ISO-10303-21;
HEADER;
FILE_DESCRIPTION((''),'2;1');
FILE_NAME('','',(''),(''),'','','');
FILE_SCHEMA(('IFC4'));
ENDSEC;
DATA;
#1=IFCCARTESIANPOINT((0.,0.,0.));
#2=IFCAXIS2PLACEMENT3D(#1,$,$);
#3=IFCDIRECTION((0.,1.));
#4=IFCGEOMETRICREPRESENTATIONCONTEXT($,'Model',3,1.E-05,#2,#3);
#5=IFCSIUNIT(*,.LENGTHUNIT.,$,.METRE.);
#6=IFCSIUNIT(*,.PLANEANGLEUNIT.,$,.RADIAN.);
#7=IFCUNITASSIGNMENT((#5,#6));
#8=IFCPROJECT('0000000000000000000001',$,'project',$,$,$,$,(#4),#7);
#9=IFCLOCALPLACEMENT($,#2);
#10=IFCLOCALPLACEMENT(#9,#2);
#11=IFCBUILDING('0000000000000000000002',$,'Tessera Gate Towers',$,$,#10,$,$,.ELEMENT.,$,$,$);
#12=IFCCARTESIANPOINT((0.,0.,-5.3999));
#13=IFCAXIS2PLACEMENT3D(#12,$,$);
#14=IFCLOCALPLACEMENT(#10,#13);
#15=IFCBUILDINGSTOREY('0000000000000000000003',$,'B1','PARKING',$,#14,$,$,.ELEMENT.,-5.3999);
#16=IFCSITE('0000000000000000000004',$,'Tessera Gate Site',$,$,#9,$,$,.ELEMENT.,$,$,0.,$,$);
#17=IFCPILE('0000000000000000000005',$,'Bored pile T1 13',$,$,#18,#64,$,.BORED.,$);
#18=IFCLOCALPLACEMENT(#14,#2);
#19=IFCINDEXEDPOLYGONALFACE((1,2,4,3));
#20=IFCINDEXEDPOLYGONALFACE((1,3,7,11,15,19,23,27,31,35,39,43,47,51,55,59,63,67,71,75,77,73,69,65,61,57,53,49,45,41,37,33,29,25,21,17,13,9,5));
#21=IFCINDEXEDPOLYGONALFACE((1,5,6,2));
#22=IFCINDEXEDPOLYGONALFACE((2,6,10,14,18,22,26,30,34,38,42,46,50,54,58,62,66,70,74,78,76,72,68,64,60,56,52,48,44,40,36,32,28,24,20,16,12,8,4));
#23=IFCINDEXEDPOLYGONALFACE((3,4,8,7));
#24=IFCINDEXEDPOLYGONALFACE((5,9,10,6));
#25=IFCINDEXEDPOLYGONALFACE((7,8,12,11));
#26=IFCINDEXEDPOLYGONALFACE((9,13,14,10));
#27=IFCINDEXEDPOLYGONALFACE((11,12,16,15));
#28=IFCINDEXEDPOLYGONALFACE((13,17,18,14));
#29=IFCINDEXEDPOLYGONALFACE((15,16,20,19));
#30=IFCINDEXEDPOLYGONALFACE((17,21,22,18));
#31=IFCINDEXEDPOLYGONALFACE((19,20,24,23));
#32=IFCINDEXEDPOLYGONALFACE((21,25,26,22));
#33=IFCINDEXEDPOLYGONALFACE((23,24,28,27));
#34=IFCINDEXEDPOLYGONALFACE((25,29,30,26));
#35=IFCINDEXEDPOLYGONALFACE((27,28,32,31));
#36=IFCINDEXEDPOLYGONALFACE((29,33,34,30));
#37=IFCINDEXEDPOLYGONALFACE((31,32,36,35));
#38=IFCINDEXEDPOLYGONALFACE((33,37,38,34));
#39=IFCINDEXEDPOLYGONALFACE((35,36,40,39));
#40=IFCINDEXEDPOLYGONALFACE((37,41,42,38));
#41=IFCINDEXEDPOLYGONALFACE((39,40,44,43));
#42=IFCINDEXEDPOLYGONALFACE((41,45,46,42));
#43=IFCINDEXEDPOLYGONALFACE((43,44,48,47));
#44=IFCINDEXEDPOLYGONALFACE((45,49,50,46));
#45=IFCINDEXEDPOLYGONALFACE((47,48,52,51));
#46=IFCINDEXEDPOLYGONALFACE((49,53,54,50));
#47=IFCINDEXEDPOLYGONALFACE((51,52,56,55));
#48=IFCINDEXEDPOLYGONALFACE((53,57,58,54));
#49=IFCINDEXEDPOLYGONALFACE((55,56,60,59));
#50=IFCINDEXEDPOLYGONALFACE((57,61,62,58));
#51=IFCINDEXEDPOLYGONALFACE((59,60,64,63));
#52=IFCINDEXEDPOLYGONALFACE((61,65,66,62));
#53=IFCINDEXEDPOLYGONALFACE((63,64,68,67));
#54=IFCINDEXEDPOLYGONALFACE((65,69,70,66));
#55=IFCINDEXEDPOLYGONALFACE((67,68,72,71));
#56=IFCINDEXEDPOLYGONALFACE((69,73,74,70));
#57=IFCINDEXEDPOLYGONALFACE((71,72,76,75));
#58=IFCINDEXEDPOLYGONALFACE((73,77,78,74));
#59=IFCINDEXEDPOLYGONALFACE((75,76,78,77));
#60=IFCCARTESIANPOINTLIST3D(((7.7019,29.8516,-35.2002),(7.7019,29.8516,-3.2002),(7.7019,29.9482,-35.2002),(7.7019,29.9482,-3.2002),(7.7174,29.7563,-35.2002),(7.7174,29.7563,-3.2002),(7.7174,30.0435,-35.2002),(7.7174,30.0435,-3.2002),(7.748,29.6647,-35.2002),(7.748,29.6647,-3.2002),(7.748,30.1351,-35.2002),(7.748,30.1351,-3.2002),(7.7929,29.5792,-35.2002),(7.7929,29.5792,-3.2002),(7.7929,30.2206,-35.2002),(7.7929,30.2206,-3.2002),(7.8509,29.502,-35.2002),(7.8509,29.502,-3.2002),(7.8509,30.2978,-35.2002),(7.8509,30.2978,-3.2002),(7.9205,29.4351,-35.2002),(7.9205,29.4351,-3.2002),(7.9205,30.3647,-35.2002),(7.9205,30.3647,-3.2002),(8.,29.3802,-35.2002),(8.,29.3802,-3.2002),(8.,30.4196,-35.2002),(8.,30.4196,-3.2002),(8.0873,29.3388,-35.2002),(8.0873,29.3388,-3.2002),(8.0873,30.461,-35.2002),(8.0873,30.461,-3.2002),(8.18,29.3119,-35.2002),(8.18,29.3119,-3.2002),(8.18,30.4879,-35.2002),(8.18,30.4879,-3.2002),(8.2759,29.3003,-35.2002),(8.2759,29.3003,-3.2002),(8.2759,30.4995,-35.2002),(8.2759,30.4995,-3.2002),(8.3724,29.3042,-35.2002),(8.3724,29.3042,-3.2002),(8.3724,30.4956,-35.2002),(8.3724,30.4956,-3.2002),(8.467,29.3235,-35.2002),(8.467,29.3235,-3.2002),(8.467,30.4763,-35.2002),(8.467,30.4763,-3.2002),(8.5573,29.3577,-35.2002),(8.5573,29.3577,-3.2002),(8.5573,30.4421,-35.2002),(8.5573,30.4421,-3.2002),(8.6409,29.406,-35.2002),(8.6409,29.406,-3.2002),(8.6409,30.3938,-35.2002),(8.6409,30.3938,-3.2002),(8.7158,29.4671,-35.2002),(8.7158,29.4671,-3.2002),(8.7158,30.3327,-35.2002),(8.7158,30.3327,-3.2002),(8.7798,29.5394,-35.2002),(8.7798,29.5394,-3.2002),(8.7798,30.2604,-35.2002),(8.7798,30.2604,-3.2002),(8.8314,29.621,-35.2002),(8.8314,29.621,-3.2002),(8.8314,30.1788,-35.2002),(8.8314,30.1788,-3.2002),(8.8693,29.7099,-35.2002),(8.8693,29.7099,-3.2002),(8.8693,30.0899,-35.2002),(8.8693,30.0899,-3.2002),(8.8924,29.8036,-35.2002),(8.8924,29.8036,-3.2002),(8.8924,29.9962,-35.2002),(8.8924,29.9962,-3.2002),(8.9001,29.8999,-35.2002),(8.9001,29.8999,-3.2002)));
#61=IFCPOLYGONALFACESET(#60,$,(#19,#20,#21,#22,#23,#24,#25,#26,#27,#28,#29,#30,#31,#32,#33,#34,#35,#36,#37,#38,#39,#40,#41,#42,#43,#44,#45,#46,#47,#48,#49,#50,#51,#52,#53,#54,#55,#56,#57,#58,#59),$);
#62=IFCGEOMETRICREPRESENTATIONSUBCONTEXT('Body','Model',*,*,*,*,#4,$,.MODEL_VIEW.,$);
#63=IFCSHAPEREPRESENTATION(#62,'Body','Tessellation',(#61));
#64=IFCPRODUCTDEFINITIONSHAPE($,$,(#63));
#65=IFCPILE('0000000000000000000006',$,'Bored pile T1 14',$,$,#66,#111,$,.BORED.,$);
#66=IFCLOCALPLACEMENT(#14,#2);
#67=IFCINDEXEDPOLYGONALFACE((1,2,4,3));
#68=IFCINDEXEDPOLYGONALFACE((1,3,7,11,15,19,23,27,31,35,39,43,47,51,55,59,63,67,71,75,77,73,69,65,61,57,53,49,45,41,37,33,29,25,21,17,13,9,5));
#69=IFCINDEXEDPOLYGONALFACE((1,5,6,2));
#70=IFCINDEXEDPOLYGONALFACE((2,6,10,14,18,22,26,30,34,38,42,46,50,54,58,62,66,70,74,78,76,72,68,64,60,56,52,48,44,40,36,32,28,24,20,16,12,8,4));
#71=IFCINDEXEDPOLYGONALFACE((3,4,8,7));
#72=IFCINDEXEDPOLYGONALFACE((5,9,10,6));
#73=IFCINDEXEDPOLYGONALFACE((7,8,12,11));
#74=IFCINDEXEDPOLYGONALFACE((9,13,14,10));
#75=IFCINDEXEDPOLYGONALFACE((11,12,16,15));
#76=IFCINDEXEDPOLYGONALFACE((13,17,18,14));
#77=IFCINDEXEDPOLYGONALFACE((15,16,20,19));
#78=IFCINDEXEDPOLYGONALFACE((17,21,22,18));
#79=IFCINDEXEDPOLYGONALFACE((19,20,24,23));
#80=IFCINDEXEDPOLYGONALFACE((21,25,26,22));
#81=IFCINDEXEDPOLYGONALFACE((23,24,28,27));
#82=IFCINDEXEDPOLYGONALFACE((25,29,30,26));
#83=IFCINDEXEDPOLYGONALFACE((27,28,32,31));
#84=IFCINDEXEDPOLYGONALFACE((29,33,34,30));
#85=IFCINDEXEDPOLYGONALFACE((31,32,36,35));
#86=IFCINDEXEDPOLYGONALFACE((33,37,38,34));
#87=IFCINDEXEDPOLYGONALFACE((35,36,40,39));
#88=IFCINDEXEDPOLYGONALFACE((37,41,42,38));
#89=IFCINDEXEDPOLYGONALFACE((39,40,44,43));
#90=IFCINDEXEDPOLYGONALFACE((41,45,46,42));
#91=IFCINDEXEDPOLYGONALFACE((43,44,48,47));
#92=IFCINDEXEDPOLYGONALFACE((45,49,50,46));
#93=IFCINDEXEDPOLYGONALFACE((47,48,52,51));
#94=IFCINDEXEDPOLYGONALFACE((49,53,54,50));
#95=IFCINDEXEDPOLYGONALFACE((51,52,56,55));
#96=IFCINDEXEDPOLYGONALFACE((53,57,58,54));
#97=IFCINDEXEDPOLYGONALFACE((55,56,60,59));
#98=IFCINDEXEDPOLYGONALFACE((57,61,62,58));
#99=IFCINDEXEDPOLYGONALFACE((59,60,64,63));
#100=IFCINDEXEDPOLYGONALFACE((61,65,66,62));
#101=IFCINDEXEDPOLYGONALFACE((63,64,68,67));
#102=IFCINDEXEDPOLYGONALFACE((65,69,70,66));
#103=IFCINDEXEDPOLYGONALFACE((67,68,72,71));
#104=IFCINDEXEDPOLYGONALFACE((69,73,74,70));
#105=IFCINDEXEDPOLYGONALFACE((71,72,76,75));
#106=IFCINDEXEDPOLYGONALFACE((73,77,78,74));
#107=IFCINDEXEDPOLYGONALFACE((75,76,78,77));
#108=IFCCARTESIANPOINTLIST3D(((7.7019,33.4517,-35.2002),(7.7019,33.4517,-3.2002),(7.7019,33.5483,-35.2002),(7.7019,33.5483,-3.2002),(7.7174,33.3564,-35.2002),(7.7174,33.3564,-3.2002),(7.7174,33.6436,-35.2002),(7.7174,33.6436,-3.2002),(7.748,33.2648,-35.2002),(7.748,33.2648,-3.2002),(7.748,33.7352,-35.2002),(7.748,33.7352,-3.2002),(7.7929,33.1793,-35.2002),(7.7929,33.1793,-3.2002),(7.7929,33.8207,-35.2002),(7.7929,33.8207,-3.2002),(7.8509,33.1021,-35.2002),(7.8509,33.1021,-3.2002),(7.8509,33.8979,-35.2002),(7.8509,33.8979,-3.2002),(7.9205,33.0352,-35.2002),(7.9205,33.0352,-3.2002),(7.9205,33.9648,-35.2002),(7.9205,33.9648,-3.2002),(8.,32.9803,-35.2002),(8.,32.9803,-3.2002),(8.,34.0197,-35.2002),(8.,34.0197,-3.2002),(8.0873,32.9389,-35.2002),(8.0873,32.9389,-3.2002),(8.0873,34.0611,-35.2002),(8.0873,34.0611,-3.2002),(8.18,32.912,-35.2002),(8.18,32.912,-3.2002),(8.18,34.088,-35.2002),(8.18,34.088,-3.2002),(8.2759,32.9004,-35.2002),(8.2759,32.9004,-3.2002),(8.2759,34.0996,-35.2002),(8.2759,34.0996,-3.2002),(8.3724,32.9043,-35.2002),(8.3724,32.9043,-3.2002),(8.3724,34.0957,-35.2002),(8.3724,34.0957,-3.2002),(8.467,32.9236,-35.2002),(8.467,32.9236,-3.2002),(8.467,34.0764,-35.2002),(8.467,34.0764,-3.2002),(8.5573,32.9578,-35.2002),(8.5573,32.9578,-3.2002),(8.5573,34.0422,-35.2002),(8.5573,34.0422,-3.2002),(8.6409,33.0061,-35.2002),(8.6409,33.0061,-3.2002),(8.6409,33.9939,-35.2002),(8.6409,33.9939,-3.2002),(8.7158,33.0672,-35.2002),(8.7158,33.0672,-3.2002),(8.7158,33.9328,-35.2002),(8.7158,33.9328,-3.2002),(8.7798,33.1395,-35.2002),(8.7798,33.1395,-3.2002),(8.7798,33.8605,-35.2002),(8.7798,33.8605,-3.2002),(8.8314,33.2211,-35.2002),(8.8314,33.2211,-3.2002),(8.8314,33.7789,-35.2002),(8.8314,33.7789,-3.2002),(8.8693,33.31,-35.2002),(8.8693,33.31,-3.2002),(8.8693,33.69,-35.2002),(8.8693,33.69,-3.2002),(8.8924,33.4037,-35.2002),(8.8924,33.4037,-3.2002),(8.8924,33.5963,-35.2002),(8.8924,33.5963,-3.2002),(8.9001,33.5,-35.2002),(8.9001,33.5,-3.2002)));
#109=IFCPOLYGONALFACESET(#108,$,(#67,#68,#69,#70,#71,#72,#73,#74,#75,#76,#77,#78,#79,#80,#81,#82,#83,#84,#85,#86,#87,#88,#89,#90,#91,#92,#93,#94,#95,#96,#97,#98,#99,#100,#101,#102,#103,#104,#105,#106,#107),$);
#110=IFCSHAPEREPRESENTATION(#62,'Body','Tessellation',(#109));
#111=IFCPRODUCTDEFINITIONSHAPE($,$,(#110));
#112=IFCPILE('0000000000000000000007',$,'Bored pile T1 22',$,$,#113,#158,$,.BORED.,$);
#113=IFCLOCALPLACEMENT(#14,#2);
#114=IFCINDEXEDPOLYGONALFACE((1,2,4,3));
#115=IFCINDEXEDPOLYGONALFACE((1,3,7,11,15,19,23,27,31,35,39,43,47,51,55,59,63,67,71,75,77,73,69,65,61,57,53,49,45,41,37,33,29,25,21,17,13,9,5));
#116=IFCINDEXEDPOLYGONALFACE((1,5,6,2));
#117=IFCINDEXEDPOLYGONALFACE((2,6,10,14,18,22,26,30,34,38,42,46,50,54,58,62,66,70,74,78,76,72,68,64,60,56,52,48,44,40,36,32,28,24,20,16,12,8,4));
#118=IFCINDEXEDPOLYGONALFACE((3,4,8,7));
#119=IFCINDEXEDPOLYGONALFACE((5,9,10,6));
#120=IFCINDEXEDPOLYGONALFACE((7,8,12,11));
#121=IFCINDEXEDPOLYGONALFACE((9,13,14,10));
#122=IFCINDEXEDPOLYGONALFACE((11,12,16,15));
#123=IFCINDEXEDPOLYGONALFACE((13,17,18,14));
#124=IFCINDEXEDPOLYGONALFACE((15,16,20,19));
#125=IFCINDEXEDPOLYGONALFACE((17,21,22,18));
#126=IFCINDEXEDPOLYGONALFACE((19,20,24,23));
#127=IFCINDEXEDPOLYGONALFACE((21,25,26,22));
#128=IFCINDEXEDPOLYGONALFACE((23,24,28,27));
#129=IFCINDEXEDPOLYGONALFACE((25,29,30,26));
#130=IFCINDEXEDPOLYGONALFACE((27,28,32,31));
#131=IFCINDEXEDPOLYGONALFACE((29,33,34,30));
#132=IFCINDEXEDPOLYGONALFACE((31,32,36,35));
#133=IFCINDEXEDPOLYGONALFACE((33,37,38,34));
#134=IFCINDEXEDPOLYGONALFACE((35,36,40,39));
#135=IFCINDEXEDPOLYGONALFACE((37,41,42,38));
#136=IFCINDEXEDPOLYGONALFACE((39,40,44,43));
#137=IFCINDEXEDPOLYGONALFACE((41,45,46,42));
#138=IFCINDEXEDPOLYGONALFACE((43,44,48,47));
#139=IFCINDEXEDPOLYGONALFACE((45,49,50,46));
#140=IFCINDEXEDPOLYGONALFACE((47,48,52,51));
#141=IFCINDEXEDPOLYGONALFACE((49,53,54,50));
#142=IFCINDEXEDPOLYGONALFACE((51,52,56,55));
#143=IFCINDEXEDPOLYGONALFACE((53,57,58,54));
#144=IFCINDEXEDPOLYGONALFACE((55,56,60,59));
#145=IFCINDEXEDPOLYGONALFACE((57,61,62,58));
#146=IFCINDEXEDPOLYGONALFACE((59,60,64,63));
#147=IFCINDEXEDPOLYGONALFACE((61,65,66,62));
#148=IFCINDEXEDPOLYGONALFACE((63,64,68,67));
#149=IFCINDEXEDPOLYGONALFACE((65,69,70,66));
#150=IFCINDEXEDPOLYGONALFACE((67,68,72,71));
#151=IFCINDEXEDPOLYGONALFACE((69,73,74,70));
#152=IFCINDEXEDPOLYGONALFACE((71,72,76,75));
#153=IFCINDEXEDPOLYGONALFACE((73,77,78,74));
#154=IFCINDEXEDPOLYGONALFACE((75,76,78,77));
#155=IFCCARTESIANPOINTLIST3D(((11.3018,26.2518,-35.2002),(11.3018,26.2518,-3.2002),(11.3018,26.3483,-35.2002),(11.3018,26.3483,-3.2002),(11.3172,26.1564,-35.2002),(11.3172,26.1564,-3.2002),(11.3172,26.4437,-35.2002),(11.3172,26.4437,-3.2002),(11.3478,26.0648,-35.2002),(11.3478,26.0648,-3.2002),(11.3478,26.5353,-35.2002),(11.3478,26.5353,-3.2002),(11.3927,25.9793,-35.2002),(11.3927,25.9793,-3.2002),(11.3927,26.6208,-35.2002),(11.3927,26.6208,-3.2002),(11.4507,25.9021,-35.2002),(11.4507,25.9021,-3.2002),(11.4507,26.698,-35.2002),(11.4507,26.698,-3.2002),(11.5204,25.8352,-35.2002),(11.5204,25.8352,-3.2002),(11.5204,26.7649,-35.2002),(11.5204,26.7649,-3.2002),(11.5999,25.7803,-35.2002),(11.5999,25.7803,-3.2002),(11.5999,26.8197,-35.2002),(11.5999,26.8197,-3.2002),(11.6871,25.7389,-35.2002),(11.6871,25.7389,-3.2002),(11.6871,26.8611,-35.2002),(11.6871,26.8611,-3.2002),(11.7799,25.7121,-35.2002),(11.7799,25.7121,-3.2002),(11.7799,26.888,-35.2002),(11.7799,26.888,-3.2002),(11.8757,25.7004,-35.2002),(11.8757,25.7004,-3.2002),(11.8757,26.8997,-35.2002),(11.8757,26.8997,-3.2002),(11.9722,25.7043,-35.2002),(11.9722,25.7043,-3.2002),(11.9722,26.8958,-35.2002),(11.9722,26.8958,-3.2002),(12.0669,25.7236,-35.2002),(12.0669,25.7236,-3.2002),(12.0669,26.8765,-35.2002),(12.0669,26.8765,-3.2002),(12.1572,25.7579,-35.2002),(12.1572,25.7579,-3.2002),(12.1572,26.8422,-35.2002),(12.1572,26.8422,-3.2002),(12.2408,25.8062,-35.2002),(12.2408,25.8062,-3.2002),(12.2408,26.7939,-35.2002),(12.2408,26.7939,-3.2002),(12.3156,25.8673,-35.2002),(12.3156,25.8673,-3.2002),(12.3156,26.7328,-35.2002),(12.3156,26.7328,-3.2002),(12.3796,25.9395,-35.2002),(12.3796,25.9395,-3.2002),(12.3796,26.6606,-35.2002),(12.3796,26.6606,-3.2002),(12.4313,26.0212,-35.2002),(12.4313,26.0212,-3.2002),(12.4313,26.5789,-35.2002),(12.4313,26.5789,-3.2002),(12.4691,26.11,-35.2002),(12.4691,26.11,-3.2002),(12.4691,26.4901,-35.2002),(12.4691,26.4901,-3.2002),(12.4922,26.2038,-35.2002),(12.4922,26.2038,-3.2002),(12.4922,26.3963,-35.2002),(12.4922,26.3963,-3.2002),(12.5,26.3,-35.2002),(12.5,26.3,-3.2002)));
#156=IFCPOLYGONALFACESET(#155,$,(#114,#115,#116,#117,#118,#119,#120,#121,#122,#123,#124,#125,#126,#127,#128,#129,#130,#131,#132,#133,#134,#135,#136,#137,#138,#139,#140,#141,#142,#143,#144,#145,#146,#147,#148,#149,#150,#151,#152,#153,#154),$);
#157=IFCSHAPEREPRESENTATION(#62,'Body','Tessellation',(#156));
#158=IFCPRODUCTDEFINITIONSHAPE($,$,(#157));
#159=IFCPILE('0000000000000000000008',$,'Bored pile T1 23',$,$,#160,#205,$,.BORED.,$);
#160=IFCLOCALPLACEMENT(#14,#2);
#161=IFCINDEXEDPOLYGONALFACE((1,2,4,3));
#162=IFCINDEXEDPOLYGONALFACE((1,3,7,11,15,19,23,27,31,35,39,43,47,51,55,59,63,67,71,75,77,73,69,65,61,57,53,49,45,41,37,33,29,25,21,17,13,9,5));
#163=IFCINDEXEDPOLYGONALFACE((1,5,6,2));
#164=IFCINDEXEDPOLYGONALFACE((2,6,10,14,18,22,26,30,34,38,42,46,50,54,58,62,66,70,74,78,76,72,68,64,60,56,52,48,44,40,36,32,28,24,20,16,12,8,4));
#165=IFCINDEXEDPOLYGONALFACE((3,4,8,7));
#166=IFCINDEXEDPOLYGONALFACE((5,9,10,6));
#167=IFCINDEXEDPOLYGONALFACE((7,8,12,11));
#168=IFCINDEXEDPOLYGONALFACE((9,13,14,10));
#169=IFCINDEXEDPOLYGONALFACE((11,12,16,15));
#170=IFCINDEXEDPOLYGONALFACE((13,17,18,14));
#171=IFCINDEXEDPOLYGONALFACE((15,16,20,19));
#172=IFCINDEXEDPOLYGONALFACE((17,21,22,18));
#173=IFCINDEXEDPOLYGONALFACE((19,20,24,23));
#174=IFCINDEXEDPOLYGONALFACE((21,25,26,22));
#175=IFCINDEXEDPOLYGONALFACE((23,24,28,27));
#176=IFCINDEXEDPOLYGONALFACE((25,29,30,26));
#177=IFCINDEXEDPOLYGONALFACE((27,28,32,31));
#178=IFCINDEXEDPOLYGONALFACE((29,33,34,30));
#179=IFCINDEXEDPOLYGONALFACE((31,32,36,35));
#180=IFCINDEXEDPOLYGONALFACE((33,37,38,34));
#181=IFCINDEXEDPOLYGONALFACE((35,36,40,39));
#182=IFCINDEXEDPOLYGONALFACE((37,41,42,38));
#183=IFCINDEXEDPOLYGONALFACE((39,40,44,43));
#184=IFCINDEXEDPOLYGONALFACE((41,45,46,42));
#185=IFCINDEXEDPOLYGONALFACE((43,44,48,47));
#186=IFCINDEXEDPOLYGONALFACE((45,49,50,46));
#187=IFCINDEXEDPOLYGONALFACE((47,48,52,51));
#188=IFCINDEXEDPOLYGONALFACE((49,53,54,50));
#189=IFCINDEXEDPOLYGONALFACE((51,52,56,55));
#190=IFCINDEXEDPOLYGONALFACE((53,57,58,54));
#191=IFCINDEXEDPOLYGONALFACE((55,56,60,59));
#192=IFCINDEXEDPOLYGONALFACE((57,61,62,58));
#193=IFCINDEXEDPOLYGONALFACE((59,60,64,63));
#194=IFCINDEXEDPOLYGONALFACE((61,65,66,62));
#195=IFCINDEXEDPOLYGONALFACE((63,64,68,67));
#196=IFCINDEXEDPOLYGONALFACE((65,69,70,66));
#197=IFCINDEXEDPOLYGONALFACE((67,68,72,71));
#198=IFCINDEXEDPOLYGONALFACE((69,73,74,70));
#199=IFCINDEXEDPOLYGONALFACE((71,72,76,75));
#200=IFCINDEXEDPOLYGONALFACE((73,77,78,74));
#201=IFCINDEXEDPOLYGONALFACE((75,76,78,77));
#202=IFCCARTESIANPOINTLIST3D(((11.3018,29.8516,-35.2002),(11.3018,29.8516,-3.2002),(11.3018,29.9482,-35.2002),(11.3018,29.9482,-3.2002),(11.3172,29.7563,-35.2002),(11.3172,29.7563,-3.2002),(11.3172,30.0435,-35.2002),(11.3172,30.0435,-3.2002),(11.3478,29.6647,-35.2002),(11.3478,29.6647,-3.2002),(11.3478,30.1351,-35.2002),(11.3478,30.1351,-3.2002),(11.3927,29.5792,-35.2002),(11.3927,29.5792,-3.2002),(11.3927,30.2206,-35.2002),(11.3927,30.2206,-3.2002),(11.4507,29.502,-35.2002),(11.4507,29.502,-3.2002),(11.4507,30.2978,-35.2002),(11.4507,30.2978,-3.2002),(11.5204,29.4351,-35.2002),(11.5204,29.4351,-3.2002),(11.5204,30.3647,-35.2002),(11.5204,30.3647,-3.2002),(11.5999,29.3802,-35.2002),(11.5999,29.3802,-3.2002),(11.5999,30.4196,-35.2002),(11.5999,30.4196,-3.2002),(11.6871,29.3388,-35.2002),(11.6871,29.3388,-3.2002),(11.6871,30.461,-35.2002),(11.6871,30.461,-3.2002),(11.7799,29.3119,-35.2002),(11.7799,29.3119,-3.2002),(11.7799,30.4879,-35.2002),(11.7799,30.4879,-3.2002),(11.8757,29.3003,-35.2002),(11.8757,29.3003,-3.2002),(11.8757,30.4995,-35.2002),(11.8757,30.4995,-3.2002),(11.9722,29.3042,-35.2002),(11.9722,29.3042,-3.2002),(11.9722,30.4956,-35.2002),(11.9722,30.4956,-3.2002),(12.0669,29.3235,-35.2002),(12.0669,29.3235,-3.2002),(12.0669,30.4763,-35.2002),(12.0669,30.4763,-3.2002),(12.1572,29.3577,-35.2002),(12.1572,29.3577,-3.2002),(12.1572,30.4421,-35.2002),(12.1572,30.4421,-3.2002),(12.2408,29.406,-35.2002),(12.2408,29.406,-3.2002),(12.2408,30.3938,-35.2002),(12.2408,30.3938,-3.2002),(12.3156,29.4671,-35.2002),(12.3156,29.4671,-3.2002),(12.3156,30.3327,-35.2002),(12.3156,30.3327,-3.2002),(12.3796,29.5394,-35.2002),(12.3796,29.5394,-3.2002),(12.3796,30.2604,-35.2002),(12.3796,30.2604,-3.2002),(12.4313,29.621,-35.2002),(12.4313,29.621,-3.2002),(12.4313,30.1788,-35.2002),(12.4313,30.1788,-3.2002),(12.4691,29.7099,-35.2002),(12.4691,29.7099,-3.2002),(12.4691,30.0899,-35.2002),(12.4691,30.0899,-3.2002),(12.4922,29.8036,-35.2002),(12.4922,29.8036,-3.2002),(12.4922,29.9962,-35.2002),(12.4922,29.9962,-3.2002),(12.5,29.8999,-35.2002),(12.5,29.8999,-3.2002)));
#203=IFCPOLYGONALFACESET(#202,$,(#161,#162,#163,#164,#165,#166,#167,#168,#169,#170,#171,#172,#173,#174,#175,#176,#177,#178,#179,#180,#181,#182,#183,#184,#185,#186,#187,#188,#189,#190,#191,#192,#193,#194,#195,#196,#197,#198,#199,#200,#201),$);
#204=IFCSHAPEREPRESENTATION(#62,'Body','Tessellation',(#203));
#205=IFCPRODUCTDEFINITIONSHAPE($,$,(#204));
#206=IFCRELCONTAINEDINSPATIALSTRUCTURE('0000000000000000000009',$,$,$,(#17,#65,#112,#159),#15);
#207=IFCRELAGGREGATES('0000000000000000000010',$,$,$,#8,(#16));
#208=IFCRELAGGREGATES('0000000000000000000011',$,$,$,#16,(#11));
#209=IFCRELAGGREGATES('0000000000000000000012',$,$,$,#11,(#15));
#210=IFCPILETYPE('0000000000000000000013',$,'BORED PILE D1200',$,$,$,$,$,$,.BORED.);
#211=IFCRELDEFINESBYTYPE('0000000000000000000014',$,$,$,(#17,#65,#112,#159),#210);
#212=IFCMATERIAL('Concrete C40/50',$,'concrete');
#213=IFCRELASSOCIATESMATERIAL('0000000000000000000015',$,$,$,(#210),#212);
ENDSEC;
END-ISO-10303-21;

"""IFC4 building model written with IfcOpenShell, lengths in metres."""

from ifc_helpers import new_model, si_unit, direction, frame, origin, origin_2d, place, context, subcontext, project, spatial, circle, extrude, material, material_profile, profile_set, type_object, element, save


model = new_model("IFC4")

# Units and contexts
model_context = context("Model", 3, precision=1e-05, world=origin(), true_north=direction((0.0, 1.0)))
body_context = subcontext(model_context, "Body", "Model", "MODEL_VIEW")
ifc_project = project(units=[si_unit("LENGTHUNIT", "METRE"), si_unit("PLANEANGLEUNIT", "RADIAN")], contexts=[model_context])

# Site, building, storey
site_placement = place(None, origin())
site = spatial("IfcSite", under=ifc_project, at=site_placement, Name="Tessera Gate Site", CompositionType="ELEMENT", RefElevation=0.0)
building_placement = place(site_placement, origin())
building = spatial("IfcBuilding", under=site, at=building_placement, Name="Tessera Gate Towers", CompositionType="ELEMENT")
storey_placement = place(building_placement, frame((0.0, 0.0, -5.3999)))
storey = spatial("IfcBuildingStorey", under=building, at=storey_placement, Name="B1", Description="PARKING", CompositionType="ELEMENT", Elevation=-5.3999)

# Piles
ifc_material_1 = material(Name="Concrete C40/50", Category="concrete")
ifc_material_profile = material_profile(ifc_material_1, circle(Radius=0.6001, at=origin_2d()), Name="BORED PILE D1200")
ifc_profile_set = profile_set([ifc_material_profile], Name="Concrete C40/50")
pile_type = type_object("IfcPileType", Name="BORED PILE D1200", PredefinedType="BORED", material=ifc_profile_set)
for number, where, z_axis, x_axis, name in (
    (1, (8.3, 29.8999, -3.2002), (0.0, 0.0, -1.0), (1.0, 0.0, 0.0), "Bored pile T1 13"),
    (2, (8.3, 33.5, -3.2002), (0.0, 0.0, -1.0), (1.0, 0.0, 0.0), "Bored pile T1 14"),
    (3, (11.8999, 26.3, -3.2002), (0.0, 0.0, -1.0), (1.0, 0.0, 0.0), "Bored pile T1 22"),
    (4, (11.8999, 29.8999, -3.2002), (0.0, 0.0, -1.0), (1.0, 0.0, 0.0), "Bored pile T1 23"),
):
    element("IfcPile", number, at=place(storey_placement, frame(where, z_axis=z_axis, x_axis=x_axis)), inside=storey, type_object=pile_type, Name=name, PredefinedType="BORED", context=body_context, shape_type="SweptSolid", body=[
        extrude(circle(Radius=0.6001, at=origin_2d()), origin(), (0.0, 0.0, 1.0), 32.0),
    ])

save(model, "model.ifc")
